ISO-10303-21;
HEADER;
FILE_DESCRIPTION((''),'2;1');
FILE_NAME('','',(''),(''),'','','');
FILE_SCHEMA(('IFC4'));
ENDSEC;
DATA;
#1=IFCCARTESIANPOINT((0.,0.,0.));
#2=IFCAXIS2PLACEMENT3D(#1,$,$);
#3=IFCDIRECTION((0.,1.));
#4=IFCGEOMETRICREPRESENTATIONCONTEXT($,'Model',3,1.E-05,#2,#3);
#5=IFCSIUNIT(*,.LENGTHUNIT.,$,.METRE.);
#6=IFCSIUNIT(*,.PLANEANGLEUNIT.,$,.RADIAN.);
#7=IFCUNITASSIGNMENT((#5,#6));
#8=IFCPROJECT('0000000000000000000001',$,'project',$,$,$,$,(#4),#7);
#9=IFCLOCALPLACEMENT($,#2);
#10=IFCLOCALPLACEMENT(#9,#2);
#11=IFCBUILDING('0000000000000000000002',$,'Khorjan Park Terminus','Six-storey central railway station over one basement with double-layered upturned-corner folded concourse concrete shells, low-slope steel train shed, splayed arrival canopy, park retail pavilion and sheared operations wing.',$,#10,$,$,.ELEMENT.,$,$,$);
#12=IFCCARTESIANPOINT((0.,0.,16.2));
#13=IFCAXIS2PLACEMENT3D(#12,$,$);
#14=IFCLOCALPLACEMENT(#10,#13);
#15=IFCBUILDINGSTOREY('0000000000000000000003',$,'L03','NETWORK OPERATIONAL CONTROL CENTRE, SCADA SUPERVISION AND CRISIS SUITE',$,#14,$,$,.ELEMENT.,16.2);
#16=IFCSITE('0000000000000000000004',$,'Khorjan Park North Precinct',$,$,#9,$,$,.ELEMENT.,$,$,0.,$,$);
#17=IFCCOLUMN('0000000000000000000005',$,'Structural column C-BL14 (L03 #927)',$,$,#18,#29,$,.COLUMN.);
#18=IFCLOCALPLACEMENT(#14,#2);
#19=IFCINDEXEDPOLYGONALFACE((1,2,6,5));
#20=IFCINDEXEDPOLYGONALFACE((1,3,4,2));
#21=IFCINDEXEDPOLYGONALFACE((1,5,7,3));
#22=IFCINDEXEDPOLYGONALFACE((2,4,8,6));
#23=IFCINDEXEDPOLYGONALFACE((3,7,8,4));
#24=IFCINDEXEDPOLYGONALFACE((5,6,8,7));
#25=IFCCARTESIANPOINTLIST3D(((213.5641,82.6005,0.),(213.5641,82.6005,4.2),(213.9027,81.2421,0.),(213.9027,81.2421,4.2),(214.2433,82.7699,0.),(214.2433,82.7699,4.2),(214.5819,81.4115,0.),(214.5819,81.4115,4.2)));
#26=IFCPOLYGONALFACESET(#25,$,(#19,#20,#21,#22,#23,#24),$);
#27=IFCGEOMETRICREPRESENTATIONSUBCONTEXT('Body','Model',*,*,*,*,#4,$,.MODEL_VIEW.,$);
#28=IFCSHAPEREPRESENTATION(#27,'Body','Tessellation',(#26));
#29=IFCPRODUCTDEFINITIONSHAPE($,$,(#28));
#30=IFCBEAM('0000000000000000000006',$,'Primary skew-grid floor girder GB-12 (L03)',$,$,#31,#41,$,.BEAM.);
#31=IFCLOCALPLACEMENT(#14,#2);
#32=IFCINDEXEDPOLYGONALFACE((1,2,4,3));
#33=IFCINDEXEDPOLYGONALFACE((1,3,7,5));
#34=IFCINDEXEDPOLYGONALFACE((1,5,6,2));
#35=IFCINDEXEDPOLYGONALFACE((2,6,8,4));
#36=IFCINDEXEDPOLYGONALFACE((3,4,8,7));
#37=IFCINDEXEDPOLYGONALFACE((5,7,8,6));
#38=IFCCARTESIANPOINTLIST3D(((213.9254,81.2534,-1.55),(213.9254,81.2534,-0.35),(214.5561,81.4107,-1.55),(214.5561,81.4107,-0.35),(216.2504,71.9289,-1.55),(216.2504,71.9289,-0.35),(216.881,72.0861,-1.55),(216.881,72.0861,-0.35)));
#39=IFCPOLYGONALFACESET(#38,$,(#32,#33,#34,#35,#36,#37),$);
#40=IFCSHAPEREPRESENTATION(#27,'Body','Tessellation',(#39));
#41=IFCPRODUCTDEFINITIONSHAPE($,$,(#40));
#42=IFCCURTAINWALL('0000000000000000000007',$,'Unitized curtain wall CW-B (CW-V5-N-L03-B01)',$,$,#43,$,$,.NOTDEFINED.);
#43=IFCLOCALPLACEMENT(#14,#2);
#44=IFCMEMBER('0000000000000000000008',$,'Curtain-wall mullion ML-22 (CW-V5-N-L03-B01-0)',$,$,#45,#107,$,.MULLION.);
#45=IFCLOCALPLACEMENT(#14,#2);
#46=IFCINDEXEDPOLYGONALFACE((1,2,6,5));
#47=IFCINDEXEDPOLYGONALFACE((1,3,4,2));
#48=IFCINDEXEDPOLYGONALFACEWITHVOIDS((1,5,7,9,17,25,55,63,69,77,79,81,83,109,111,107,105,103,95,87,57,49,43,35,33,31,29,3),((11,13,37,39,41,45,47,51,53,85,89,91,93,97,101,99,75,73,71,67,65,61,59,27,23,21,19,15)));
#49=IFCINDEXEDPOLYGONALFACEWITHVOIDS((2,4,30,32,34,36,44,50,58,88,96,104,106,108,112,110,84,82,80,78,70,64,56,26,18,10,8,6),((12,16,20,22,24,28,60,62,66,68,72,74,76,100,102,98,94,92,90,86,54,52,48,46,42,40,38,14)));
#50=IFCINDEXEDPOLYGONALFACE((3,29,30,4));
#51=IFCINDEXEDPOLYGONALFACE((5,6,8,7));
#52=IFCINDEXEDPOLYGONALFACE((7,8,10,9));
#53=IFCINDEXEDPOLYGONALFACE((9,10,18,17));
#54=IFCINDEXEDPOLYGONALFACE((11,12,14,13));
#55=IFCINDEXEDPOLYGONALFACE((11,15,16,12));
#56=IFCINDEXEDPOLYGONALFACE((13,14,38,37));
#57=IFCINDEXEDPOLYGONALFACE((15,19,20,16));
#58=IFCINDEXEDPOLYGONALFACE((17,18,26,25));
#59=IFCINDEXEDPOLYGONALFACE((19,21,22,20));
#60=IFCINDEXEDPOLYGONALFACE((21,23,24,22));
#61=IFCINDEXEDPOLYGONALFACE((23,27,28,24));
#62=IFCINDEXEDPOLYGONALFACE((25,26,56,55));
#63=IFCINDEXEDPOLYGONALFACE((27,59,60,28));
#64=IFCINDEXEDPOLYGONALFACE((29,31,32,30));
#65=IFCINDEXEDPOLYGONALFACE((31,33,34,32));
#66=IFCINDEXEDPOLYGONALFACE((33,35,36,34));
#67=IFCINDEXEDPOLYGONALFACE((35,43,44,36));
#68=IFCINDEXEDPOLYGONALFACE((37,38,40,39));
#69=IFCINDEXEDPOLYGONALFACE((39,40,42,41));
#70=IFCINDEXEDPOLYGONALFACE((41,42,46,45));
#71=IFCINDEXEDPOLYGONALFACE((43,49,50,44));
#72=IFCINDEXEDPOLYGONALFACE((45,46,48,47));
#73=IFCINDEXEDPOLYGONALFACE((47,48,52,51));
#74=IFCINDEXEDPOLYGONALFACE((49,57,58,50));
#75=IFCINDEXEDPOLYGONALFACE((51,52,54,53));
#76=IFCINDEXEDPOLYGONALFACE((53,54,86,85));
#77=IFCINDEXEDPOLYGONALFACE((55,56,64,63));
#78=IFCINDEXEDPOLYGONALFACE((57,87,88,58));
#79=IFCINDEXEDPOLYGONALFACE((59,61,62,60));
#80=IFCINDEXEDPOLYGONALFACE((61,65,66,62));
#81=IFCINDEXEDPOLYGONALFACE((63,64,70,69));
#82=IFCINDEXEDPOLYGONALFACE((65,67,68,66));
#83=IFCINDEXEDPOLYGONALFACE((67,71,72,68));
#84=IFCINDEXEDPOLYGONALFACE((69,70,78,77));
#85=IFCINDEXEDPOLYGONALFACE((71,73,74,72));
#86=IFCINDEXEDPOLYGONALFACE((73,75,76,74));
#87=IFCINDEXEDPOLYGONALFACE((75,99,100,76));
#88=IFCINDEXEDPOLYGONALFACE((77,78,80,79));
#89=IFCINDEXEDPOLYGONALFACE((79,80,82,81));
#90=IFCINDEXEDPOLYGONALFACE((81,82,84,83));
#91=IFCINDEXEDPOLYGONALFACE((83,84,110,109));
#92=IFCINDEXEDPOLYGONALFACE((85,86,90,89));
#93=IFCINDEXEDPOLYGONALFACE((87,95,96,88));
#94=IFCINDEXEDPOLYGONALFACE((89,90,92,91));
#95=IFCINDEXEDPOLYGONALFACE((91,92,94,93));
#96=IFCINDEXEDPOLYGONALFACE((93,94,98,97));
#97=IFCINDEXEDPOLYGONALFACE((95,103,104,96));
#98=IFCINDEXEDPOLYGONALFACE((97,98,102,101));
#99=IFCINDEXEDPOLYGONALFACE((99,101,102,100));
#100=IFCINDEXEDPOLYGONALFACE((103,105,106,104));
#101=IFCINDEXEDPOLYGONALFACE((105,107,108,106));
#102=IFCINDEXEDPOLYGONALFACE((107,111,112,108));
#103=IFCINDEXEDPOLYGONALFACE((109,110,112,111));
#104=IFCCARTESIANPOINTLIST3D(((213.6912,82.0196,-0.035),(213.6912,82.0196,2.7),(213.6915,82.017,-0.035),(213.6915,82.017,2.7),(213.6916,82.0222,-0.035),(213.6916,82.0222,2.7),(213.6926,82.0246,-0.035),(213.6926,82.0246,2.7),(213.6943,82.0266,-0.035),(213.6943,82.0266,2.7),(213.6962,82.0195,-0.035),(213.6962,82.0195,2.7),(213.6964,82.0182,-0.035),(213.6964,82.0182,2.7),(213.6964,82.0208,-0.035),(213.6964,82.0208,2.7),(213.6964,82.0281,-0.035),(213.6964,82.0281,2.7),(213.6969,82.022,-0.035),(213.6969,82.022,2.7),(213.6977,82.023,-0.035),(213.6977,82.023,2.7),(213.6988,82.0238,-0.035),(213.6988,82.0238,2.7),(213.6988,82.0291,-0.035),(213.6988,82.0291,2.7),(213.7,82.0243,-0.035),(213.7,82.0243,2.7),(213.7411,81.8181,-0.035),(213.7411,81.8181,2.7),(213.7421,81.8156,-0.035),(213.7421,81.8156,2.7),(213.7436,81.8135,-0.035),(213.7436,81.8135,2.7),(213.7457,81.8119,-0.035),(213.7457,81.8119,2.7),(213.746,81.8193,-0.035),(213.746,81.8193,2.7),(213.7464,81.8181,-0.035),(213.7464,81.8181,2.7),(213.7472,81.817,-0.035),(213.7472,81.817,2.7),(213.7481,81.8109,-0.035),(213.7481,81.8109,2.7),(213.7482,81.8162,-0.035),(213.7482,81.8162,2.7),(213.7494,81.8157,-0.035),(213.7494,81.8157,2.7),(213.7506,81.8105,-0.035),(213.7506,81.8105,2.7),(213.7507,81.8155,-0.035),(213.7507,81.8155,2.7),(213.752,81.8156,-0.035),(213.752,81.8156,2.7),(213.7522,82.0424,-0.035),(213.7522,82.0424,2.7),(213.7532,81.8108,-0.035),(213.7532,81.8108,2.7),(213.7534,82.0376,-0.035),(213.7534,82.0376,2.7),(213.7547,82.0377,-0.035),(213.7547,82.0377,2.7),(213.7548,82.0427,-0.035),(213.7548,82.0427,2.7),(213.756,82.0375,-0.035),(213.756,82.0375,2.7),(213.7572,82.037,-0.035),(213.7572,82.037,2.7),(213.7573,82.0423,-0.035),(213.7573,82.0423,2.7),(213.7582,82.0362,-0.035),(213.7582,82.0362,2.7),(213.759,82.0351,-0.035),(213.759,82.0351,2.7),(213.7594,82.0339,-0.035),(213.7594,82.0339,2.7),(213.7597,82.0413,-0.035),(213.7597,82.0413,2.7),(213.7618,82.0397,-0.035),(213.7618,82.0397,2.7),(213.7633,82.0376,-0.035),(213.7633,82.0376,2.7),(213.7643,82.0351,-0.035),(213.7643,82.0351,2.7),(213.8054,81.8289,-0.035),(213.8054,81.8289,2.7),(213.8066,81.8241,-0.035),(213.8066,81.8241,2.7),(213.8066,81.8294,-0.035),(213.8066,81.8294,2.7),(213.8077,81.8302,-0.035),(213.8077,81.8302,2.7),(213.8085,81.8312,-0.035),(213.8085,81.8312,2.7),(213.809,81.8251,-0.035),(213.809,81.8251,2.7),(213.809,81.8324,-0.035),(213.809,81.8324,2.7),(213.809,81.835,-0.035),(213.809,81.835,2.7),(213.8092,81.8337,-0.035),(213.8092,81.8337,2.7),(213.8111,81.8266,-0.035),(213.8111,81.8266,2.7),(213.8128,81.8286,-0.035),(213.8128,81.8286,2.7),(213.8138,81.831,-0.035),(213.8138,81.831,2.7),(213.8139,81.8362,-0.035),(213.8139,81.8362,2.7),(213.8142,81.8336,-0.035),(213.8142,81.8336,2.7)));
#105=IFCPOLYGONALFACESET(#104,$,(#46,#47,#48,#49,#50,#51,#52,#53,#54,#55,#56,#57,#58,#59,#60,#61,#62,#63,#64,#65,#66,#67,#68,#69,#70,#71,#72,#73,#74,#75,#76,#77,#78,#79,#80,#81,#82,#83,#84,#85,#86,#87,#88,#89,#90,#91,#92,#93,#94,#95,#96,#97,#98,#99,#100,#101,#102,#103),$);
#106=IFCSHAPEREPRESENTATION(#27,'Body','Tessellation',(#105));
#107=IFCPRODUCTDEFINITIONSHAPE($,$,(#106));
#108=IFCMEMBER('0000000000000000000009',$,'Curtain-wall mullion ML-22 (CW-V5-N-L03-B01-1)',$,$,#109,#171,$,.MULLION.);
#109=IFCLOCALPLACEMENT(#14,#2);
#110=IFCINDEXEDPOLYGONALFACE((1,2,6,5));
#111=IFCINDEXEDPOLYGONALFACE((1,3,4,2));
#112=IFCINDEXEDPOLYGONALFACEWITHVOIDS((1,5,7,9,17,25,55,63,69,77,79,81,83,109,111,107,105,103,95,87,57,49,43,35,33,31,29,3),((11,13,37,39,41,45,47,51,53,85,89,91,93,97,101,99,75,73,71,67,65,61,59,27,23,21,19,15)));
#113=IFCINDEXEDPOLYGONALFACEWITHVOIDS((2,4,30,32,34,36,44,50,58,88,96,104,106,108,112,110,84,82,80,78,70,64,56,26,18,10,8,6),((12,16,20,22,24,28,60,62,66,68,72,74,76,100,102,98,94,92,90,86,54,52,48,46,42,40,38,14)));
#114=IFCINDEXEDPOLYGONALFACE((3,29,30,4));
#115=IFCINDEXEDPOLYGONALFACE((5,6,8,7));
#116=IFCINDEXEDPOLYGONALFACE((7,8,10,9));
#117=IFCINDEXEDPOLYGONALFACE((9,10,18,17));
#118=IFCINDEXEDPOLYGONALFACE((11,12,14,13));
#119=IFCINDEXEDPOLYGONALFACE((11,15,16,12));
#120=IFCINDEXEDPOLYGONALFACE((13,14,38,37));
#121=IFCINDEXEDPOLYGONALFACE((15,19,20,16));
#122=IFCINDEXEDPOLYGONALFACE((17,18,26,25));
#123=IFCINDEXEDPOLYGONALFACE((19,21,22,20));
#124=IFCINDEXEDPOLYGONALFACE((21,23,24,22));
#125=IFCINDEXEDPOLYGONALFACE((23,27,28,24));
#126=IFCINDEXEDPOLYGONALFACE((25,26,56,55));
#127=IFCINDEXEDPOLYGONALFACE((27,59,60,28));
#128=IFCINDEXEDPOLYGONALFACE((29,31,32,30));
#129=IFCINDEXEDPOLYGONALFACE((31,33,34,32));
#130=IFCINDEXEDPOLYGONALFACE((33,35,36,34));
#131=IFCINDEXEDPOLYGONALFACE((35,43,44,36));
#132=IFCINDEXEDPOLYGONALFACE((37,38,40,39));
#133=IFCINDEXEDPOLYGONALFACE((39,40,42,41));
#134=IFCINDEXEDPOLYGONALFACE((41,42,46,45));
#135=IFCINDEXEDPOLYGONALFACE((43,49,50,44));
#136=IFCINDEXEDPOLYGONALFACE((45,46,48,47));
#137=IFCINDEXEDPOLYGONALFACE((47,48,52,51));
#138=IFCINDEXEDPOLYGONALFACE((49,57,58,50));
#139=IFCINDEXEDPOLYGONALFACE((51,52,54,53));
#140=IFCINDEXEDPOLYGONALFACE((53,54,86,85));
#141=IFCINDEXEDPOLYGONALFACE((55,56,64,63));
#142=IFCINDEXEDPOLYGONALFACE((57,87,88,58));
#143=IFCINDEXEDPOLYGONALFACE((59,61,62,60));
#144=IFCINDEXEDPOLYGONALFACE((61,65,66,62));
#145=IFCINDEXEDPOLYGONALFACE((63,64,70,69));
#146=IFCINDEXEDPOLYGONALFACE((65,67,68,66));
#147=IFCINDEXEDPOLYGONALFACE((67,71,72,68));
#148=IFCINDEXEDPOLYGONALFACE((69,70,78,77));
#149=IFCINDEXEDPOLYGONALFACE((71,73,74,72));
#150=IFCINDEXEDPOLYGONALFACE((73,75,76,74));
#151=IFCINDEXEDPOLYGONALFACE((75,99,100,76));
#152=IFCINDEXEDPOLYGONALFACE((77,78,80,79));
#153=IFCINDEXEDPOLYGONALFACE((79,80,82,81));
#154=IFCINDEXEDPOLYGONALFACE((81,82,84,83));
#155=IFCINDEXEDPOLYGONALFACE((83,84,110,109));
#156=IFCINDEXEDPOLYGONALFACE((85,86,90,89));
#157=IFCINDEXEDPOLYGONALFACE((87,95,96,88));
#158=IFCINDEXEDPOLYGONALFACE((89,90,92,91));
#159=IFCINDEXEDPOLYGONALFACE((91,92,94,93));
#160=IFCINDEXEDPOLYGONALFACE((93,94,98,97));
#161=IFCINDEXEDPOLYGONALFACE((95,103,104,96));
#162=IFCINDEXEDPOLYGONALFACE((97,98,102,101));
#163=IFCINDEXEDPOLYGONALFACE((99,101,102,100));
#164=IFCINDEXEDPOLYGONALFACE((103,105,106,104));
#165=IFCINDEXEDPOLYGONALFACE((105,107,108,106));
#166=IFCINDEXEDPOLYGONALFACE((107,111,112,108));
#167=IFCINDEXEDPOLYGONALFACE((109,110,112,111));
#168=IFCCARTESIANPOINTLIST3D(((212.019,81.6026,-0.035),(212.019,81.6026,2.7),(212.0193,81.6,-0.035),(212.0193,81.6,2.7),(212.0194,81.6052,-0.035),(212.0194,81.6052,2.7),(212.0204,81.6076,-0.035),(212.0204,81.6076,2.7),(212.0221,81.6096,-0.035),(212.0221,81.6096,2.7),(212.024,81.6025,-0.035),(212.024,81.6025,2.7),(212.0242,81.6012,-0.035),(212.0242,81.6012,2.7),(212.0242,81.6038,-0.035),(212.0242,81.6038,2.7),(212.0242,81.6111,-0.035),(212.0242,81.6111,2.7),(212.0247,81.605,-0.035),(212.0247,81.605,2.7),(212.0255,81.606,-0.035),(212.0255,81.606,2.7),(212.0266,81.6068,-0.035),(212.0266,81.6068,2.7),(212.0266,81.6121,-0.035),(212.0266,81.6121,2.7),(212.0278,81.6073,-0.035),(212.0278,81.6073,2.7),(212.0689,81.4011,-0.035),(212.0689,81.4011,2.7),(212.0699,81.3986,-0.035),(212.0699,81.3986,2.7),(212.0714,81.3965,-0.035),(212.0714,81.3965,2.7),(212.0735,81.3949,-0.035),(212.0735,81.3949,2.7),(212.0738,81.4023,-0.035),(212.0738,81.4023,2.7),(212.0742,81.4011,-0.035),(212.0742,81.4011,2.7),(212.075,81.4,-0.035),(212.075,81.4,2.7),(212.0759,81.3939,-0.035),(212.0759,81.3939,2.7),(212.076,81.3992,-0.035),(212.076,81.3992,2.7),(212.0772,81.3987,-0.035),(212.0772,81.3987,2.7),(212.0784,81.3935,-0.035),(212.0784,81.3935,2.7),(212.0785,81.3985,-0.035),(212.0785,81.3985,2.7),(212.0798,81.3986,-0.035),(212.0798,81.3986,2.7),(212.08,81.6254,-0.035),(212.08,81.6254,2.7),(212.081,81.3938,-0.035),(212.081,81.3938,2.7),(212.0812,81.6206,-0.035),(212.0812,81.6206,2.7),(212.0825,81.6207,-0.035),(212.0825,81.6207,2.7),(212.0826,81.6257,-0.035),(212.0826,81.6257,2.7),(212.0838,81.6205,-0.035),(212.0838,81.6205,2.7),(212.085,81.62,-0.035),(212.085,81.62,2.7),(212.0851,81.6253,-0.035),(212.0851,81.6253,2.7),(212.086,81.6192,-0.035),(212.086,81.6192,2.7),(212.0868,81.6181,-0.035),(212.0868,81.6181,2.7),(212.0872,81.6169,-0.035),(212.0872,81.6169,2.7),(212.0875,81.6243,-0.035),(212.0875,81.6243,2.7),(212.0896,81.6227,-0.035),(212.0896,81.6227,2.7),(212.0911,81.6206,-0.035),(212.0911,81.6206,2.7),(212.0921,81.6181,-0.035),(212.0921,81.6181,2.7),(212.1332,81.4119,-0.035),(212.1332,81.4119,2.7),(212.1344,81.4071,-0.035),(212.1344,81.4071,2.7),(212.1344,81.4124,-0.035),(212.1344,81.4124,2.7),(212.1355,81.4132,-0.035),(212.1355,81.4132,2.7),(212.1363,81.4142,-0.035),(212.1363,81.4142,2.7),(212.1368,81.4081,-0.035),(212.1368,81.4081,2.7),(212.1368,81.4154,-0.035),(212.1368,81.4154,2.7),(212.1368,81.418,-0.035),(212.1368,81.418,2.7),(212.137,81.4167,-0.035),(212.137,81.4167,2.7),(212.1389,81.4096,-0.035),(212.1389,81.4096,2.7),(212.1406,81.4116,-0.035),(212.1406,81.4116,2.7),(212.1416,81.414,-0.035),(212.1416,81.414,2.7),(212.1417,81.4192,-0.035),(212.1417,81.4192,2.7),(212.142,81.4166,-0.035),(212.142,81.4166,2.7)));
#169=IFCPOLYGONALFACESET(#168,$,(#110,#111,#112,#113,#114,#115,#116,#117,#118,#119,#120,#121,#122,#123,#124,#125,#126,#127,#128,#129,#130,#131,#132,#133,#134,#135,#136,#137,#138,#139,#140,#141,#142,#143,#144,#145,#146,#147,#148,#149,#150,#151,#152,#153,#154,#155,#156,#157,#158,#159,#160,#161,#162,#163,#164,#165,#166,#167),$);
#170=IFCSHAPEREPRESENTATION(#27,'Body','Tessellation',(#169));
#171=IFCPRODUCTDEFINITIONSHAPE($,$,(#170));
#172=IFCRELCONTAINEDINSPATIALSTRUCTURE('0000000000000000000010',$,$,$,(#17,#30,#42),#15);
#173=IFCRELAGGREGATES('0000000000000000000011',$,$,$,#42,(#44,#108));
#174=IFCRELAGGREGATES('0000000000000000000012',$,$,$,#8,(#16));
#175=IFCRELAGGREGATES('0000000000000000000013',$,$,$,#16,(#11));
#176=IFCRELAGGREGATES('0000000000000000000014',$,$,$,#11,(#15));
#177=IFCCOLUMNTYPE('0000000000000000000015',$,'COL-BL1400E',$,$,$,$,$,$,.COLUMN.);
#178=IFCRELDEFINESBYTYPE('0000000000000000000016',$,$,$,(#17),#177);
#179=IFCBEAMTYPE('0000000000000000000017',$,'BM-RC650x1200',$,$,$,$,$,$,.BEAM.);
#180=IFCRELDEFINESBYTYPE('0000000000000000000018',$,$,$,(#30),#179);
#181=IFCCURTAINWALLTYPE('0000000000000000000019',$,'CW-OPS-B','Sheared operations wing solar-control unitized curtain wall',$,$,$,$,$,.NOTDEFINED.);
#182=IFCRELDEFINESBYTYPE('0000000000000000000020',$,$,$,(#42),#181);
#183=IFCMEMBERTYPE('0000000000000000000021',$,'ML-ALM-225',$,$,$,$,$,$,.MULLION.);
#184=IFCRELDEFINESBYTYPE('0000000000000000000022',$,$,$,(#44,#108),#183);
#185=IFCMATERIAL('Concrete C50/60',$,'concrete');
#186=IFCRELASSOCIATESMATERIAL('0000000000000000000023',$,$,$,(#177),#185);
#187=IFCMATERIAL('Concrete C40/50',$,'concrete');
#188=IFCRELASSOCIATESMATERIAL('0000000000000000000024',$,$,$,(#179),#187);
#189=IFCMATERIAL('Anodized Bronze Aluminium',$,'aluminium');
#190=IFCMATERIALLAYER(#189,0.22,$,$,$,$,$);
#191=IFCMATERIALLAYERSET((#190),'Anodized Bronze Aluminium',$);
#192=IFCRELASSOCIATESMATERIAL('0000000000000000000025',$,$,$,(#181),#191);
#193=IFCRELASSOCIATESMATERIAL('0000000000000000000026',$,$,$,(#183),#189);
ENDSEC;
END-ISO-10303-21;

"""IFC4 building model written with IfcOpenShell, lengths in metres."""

from ifc_helpers import new_model, si_unit, direction, frame, origin, origin_2d, place, context, subcontext, project, spatial, rectangle, hollow_rectangle, extrude, material, layer, layer_set, material_profile, profile_set, type_object, element, aggregate, save


model = new_model("IFC4")

# Units and contexts
model_context = context("Model", 3, precision=1e-05, world=origin(), true_north=direction((0.0, 1.0)))
body_context = subcontext(model_context, "Body", "Model", "MODEL_VIEW")
ifc_project = project(units=[si_unit("LENGTHUNIT", "METRE"), si_unit("PLANEANGLEUNIT", "RADIAN")], contexts=[model_context])

# Site, building, storey
site_placement = place(None, origin())
site = spatial("IfcSite", under=ifc_project, at=site_placement, Name="Khorjan Park North Precinct", CompositionType="ELEMENT", RefElevation=0.0)
building_placement = place(site_placement, origin())
building = spatial("IfcBuilding", under=site, at=building_placement, Name="Khorjan Park Terminus", Description="Six-storey central railway station over one basement with double-layered upturned-corner folded concourse concrete shells, low-slope steel train shed, splayed arrival canopy, park retail pavilion and sheared operations wing.", CompositionType="ELEMENT")
storey_placement = place(building_placement, frame((0.0, 0.0, 16.2)))
storey = spatial("IfcBuildingStorey", under=building, at=storey_placement, Name="L03", Description="NETWORK OPERATIONAL CONTROL CENTRE, SCADA SUPERVISION AND CRISIS SUITE", CompositionType="ELEMENT", Elevation=16.2)

# Column
ifc_material_1 = material(Name="Concrete C50/60", Category="concrete")
ifc_material_profile_1 = material_profile(ifc_material_1, rectangle(XDim=0.7, YDim=1.4, at=origin_2d()), Name="RC 700x1400")
ifc_profile_set_1 = profile_set([ifc_material_profile_1], Name="Concrete C50/60")
column_type = type_object("IfcColumnType", Name="COL-BL1400E", PredefinedType="COLUMN", material=ifc_profile_set_1)
column_placement = place(storey_placement, frame((214.073, 82.006, 0.0), z_axis=(0.0, 0.0, 1.0), x_axis=(0.970296, 0.241922, 0.0)))
element("IfcColumn", 1, at=column_placement, inside=storey, type_object=column_type, Name="Structural column C-BL14 (L03 #927)", PredefinedType="COLUMN", context=body_context, shape_type="SweptSolid", body=[
    extrude(rectangle(XDim=0.7, YDim=1.4, at=origin_2d()), origin(), (0.0, 0.0, 1.0), 4.2),
])

# Beam
ifc_material_2 = material(Name="Concrete C40/50", Category="concrete")
ifc_material_profile_2 = material_profile(ifc_material_2, rectangle(XDim=0.65, YDim=1.2, at=origin_2d()), Name="RC 650x1200")
ifc_profile_set_2 = profile_set([ifc_material_profile_2], Name="Concrete C40/50")
beam_type = type_object("IfcBeamType", Name="BM-RC650x1200", PredefinedType="BEAM", material=ifc_profile_set_2)
beam_placement = place(storey_placement, frame((216.5657, 72.0075, -0.95), z_axis=(-0.241926, 0.970295, 0.0), x_axis=(-0.970295, -0.241926, 0.0)))
element("IfcBeam", 2, at=beam_placement, inside=storey, type_object=beam_type, Name="Primary skew-grid floor girder GB-12 (L03)", PredefinedType="BEAM", context=body_context, shape_type="SweptSolid", body=[
    extrude(rectangle(XDim=0.65, YDim=1.2, at=origin_2d()), origin(), (0.0, 0.0, 1.0), 9.61),
])

# Curtain wall, members
ifc_material_3 = material(Name="Anodized Bronze Aluminium", Category="aluminium")
ifc_layer_1 = layer(ifc_material_3, 0.22)
ifc_layer_set_1 = layer_set([ifc_layer_1], Name="Anodized Bronze Aluminium")
curtain_wall_type = type_object("IfcCurtainWallType", Name="CW-OPS-B", Description="Sheared operations wing solar-control unitized curtain wall", PredefinedType="NOTDEFINED", material=ifc_layer_set_1)
curtain_wall_placement = place(storey_placement, origin())
curtain_wall = element("IfcCurtainWall", 3, at=curtain_wall_placement, inside=storey, type_object=curtain_wall_type, Name="Unitized curtain wall CW-B (CW-V5-N-L03-B01)", PredefinedType="NOTDEFINED")
ifc_material_profile_3 = material_profile(ifc_material_3, hollow_rectangle(XDim=0.075, YDim=0.225, WallThickness=0.005, InnerFilletRadius=0.005, OuterFilletRadius=0.01, at=origin_2d()), Name="ALM 75x225x5")
ifc_profile_set_3 = profile_set([ifc_material_profile_3], Name="Anodized Bronze Aluminium")
member_type_1 = type_object("IfcMemberType", Name="ML-ALM-225", PredefinedType="MULLION", material=ifc_profile_set_3)
member_1_placement = place(storey_placement, frame((213.7527, 81.9266, -0.035), z_axis=(0.0, 0.0, 1.0), x_axis=(-0.970294, -0.241928, 0.0)))
member_1 = element("IfcMember", 4, at=member_1_placement, type_object=member_type_1, Name="Curtain-wall mullion ML-22 (CW-V5-N-L03-B01-0)", PredefinedType="MULLION", context=body_context, shape_type="SweptSolid", body=[
    extrude(hollow_rectangle(XDim=0.075, YDim=0.225, WallThickness=0.005, InnerFilletRadius=0.005, OuterFilletRadius=0.01, at=origin_2d()), origin(), (0.0, 0.0, 1.0), 2.735),
])
member_2_placement = place(storey_placement, frame((212.0805, 81.5096, -0.035), z_axis=(0.0, 0.0, 1.0), x_axis=(-0.970294, -0.241928, 0.0)))
member_2 = element("IfcMember", 5, at=member_2_placement, type_object=member_type_1, Name="Curtain-wall mullion ML-22 (CW-V5-N-L03-B01-1)", PredefinedType="MULLION", context=body_context, shape_type="SweptSolid", body=[
    extrude(hollow_rectangle(XDim=0.075, YDim=0.225, WallThickness=0.005, InnerFilletRadius=0.005, OuterFilletRadius=0.01, at=origin_2d()), origin(), (0.0, 0.0, 1.0), 2.735),
])
aggregate(curtain_wall, [member_1, member_2])

save(model, "model.ifc")
